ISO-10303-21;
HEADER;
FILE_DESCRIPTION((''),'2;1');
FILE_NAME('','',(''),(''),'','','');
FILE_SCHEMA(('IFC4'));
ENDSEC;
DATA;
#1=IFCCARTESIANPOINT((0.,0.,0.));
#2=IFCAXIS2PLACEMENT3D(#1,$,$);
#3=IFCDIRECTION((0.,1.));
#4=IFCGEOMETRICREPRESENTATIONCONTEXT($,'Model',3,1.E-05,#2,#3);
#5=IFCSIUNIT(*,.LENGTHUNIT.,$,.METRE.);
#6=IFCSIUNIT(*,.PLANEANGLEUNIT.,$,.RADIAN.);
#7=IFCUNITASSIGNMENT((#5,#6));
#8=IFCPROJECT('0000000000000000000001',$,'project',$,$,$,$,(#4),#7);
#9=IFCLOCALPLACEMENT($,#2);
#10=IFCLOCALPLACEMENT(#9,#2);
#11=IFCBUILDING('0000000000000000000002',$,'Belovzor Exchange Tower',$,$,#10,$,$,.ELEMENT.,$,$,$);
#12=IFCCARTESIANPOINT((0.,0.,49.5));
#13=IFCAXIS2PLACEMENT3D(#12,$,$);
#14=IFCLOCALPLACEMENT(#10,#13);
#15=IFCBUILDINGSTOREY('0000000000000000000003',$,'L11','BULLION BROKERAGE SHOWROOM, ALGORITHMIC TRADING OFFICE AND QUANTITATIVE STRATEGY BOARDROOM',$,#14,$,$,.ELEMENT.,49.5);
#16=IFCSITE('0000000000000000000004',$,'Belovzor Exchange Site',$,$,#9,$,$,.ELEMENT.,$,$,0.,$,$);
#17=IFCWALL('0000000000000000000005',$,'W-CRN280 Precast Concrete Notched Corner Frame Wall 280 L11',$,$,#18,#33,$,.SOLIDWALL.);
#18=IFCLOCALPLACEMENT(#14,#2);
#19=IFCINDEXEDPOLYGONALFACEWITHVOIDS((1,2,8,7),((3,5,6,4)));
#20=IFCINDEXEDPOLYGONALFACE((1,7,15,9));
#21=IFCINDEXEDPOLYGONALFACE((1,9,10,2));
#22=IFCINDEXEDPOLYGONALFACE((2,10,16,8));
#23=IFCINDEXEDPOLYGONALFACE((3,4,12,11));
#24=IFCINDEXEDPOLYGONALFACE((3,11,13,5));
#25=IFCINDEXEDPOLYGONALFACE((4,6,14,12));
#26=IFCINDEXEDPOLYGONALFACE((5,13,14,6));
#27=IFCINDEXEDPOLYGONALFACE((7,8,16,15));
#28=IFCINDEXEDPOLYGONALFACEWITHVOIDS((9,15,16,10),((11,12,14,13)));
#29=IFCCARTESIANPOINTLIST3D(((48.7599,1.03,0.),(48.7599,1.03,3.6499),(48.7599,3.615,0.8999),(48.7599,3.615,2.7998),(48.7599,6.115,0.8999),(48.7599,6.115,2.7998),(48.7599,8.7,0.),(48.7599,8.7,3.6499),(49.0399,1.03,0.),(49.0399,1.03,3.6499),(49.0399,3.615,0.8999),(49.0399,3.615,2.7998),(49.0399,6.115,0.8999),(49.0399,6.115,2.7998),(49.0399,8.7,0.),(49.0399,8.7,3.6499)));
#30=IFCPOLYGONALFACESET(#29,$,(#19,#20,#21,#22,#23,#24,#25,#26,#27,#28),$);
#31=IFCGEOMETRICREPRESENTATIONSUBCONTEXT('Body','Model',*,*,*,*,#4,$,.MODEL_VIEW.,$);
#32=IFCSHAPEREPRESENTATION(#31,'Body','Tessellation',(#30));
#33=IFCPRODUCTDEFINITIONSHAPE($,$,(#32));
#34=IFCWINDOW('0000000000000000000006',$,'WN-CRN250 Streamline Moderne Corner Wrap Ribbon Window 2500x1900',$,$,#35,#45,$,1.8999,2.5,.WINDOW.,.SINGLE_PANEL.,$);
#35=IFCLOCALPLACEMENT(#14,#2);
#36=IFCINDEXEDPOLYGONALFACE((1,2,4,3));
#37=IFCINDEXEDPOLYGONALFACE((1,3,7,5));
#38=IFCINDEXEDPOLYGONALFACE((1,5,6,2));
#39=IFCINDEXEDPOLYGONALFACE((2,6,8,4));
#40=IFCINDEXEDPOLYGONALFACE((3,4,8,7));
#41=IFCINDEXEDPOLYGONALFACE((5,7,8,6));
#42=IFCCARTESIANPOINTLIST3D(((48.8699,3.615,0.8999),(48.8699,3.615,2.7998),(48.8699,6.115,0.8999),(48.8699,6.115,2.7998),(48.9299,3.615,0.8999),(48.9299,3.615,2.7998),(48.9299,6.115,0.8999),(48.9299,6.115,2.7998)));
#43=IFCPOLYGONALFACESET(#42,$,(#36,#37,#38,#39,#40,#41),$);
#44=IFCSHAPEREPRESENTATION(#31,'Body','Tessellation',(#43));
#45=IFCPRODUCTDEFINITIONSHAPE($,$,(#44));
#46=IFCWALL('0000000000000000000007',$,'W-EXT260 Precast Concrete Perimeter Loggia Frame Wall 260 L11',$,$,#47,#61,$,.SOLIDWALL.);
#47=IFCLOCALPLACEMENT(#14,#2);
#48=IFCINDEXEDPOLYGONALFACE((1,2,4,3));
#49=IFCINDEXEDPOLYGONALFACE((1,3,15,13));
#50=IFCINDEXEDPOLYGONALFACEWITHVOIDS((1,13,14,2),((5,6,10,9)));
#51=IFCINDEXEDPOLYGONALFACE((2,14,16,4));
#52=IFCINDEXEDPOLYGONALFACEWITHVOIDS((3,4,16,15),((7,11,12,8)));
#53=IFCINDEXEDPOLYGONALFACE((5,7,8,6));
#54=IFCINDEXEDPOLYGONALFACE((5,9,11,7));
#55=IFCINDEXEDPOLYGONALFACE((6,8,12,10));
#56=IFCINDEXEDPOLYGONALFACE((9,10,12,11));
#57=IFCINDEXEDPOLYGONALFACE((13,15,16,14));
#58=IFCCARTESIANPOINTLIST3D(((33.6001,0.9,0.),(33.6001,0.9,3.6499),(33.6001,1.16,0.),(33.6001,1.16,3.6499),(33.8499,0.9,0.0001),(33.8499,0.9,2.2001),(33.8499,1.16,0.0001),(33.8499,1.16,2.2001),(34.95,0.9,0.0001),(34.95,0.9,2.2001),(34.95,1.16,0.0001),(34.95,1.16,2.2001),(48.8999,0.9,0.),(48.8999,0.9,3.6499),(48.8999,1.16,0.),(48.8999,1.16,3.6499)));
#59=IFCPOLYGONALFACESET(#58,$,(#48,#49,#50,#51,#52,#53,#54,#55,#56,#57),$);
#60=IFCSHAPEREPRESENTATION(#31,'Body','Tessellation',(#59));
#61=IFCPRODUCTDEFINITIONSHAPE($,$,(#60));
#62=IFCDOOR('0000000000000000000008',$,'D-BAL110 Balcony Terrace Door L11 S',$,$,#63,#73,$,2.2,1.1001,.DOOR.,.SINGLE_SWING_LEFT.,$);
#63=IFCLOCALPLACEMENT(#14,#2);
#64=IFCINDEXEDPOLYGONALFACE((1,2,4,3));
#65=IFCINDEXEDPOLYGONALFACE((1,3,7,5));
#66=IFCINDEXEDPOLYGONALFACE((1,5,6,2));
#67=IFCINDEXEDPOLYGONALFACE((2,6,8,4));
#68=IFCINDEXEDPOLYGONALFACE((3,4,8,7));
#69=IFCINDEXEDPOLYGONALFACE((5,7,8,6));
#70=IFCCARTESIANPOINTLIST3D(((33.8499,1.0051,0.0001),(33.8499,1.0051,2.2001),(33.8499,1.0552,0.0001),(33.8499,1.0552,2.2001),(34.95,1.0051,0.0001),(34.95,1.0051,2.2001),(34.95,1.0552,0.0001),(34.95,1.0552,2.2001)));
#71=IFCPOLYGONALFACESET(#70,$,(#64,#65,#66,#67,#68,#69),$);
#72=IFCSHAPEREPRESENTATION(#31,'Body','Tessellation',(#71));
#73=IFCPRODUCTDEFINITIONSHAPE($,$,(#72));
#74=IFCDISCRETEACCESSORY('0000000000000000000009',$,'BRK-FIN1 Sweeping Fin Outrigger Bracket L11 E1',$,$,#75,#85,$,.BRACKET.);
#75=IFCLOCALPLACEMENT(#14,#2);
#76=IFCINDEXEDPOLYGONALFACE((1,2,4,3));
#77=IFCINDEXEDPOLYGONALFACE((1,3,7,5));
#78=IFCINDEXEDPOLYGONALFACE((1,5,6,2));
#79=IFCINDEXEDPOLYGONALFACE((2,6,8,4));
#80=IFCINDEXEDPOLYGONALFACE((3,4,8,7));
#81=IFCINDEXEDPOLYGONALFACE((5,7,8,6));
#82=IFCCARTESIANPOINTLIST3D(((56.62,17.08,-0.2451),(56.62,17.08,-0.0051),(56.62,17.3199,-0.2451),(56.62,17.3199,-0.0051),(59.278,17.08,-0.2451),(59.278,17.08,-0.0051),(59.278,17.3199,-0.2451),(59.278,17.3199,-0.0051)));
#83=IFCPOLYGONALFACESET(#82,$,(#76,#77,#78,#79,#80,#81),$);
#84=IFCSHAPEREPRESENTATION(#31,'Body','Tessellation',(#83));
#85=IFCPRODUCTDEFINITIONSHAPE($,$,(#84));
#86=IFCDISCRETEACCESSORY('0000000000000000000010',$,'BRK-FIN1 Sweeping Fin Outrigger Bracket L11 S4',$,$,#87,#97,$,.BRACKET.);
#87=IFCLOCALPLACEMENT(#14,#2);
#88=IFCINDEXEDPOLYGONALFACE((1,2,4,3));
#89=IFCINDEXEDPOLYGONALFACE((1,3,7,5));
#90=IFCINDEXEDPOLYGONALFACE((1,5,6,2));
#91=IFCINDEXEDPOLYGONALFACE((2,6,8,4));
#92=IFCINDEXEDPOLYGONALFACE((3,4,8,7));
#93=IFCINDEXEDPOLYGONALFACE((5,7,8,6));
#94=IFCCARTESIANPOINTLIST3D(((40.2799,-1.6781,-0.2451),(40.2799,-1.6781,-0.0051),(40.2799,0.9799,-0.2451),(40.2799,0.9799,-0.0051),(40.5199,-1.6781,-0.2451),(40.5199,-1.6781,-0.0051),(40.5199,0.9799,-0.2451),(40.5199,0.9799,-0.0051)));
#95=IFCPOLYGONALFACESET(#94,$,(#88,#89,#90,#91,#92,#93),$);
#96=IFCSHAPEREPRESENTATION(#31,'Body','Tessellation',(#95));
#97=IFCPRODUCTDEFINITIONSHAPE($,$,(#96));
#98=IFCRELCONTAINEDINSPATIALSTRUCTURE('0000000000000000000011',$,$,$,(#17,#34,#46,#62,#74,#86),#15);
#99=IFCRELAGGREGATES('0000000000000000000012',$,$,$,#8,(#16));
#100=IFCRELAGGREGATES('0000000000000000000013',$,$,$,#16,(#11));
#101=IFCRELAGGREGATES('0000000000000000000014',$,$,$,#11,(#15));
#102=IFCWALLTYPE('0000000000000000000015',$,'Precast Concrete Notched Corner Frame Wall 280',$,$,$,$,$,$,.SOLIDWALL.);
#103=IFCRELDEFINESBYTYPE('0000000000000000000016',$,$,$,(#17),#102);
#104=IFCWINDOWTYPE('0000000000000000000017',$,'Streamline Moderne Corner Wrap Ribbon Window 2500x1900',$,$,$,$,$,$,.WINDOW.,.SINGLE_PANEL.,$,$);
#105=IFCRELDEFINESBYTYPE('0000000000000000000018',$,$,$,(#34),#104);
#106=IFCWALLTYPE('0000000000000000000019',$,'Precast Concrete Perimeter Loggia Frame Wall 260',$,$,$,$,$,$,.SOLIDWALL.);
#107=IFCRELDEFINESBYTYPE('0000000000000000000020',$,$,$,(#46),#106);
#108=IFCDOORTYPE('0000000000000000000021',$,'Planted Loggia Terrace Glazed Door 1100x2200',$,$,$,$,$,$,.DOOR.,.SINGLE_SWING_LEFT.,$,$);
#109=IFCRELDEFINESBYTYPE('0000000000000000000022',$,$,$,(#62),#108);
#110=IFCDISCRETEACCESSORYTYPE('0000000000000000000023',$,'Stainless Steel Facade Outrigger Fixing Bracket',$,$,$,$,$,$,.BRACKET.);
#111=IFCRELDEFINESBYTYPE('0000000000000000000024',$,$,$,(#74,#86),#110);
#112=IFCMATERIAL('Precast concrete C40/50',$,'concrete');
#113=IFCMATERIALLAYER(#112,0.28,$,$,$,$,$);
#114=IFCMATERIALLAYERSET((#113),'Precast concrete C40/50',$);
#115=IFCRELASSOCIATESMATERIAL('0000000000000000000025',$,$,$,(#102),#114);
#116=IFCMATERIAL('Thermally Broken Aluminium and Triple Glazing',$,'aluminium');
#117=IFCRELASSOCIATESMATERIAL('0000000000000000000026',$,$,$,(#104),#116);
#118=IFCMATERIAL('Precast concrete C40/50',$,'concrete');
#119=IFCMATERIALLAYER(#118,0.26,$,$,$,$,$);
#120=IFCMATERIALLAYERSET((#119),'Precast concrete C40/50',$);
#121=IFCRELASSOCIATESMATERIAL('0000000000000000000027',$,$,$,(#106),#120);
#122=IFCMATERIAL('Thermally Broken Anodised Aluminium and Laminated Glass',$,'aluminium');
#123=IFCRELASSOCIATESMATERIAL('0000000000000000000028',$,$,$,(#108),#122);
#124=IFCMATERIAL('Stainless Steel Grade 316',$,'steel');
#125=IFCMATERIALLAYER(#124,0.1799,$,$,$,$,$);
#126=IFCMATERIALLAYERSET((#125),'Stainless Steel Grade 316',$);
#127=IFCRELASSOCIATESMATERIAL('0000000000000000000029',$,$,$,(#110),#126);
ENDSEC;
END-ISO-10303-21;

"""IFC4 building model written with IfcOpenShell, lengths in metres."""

from ifc_helpers import new_model, si_unit, direction, frame, frame_2d, origin, origin_2d, place, context, subcontext, project, spatial, rectangle, extrude, material, layer, layer_set, type_object, element, fill, save


model = new_model("IFC4")

# Units and contexts
model_context = context("Model", 3, precision=1e-05, world=origin(), true_north=direction((0.0, 1.0)))
body_context = subcontext(model_context, "Body", "Model", "MODEL_VIEW")
ifc_project = project(units=[si_unit("LENGTHUNIT", "METRE"), si_unit("PLANEANGLEUNIT", "RADIAN")], contexts=[model_context])

# Site, building, storey
site_placement = place(None, origin())
site = spatial("IfcSite", under=ifc_project, at=site_placement, Name="Belovzor Exchange Site", CompositionType="ELEMENT", RefElevation=0.0)
building_placement = place(site_placement, origin())
building = spatial("IfcBuilding", under=site, at=building_placement, Name="Belovzor Exchange Tower", CompositionType="ELEMENT")
storey_placement = place(building_placement, frame((0.0, 0.0, 49.5)))
storey = spatial("IfcBuildingStorey", under=building, at=storey_placement, Name="L11", Description="BULLION BROKERAGE SHOWROOM, ALGORITHMIC TRADING OFFICE AND QUANTITATIVE STRATEGY BOARDROOM", CompositionType="ELEMENT", Elevation=49.5)

# Wall, opening, window
ifc_material_1 = material(Name="Precast concrete C40/50", Category="concrete")
ifc_layer_1 = layer(ifc_material_1, 0.28)
ifc_layer_set_1 = layer_set([ifc_layer_1], Name="Precast concrete C40/50")
wall_type_1 = type_object("IfcWallType", Name="Precast Concrete Notched Corner Frame Wall 280", PredefinedType="SOLIDWALL", material=ifc_layer_set_1)
ifc_material_2 = material(Name="Thermally Broken Aluminium and Triple Glazing", Category="aluminium")
window_type = type_object("IfcWindowType", Name="Streamline Moderne Corner Wrap Ribbon Window 2500x1900", PartitioningType="SINGLE_PANEL", PredefinedType="WINDOW", material=ifc_material_2)
wall_1_placement = place(storey_placement, frame((48.8999, 8.7, 0.0), z_axis=(0.0, 0.0, 1.0), x_axis=(0.0, -1.0, 0.0)))
wall_1 = element("IfcWall", 1, at=wall_1_placement, inside=storey, type_object=wall_type_1, Name="W-CRN280 Precast Concrete Notched Corner Frame Wall 280 L11", PredefinedType="SOLIDWALL", context=body_context, shape_type="SweptSolid", body=[
    extrude(rectangle(XDim=7.6699, YDim=0.28, at=frame_2d((3.835, 0.0))), origin(), (0.0, 0.0, 1.0), 3.6499),
])
opening_1_placement = place(wall_1_placement, frame((2.585, 0.0, 0.8999)))
opening_1 = element("IfcOpeningElement", 2, at=opening_1_placement, cuts=wall_1, PredefinedType="OPENING", context=body_context, shape_type="SweptSolid", body=[
    extrude(rectangle(XDim=2.5, YDim=1.8999, at=frame_2d((1.25, 0.95))), frame((0.0, 0.1499, 0.0), z_axis=(0.0, -1.0, 0.0), x_axis=(1.0, 0.0, 0.0)), (0.0, 0.0, 1.0), 0.3),
])
window_1_placement = place(opening_1_placement, origin())
window_1 = element("IfcWindow", 3, at=window_1_placement, inside=storey, type_object=window_type, Name="WN-CRN250 Streamline Moderne Corner Wrap Ribbon Window 2500x1900", OverallHeight=1.8999, OverallWidth=2.5, PartitioningType="SINGLE_PANEL", PredefinedType="WINDOW", context=body_context, shape_type="SweptSolid", body=[
    extrude(rectangle(XDim=2.5, YDim=1.8999, at=frame_2d((1.25, 0.95))), frame((0.0, 0.03, 0.0), z_axis=(0.0, -1.0, 0.0), x_axis=(1.0, 0.0, 0.0)), (0.0, 0.0, 1.0), 0.0601),
])
fill(opening_1, window_1)

# Wall, opening, door
ifc_material_3 = material(Name="Precast concrete C40/50", Category="concrete")
ifc_layer_2 = layer(ifc_material_3, 0.26)
ifc_layer_set_2 = layer_set([ifc_layer_2], Name="Precast concrete C40/50")
wall_type_2 = type_object("IfcWallType", Name="Precast Concrete Perimeter Loggia Frame Wall 260", PredefinedType="SOLIDWALL", material=ifc_layer_set_2)
wall_2_placement = place(storey_placement, frame((48.8999, 1.03, 0.0), z_axis=(0.0, 0.0, 1.0), x_axis=(-1.0, 0.0, 0.0)))
wall_2 = element("IfcWall", 4, at=wall_2_placement, inside=storey, type_object=wall_type_2, Name="W-EXT260 Precast Concrete Perimeter Loggia Frame Wall 260 L11", PredefinedType="SOLIDWALL", context=body_context, shape_type="SweptSolid", body=[
    extrude(rectangle(XDim=15.2998, YDim=0.26, at=frame_2d((7.6499, 0.0))), origin(), (0.0, 0.0, 1.0), 3.6499),
])
opening_2_placement = place(wall_2_placement, frame((13.95, 0.0, 0.0)))
opening_2 = element("IfcOpeningElement", 5, at=opening_2_placement, cuts=wall_2, PredefinedType="OPENING", context=body_context, shape_type="SweptSolid", body=[
    extrude(rectangle(XDim=1.1001, YDim=2.2, at=frame_2d((0.55, 1.1001))), frame((0.0, 0.1399, 0.0), z_axis=(0.0, -1.0, 0.0), x_axis=(1.0, 0.0, 0.0)), (0.0, 0.0, 1.0), 0.28),
])
ifc_material_4 = material(Name="Thermally Broken Anodised Aluminium and Laminated Glass", Category="aluminium")
door_type_1 = type_object("IfcDoorType", Name="Planted Loggia Terrace Glazed Door 1100x2200", OperationType="SINGLE_SWING_LEFT", PredefinedType="DOOR", material=ifc_material_4)
door_1_placement = place(opening_2_placement, origin())
door_1 = element("IfcDoor", 6, at=door_1_placement, inside=storey, type_object=door_type_1, Name="D-BAL110 Balcony Terrace Door L11 S", OperationType="SINGLE_SWING_LEFT", OverallHeight=2.2, OverallWidth=1.1001, PredefinedType="DOOR", context=body_context, shape_type="SweptSolid", body=[
    extrude(rectangle(XDim=1.1001, YDim=2.2, at=frame_2d((0.55, 1.1001))), frame((0.0, 0.0249, 0.0), z_axis=(0.0, -1.0, 0.0), x_axis=(1.0, 0.0, 0.0)), (0.0, 0.0, 1.0), 0.05),
])
fill(opening_2, door_1)

# Discrete accessories
ifc_material_5 = material(Name="Stainless Steel Grade 316", Category="steel")
ifc_layer_3 = layer(ifc_material_5, 0.1799)
ifc_layer_set_3 = layer_set([ifc_layer_3], Name="Stainless Steel Grade 316")
discrete_accessory_type = type_object("IfcDiscreteAccessoryType", Name="Stainless Steel Facade Outrigger Fixing Bracket", PredefinedType="BRACKET", material=ifc_layer_set_3)
for number, where, z_axis, x_axis, name in (
    (7, (57.949, 17.2, -0.2451), (0.0, 0.0, 1.0), (1.0, 0.0, 0.0), "BRK-FIN1 Sweeping Fin Outrigger Bracket L11 E1"),
    (8, (40.3999, -0.3491, -0.2451), (0.0, 0.0, 1.0), (0.0, 1.0, 0.0), "BRK-FIN1 Sweeping Fin Outrigger Bracket L11 S4"),
):
    element("IfcDiscreteAccessory", number, at=place(storey_placement, frame(where, z_axis=z_axis, x_axis=x_axis)), inside=storey, type_object=discrete_accessory_type, Name=name, PredefinedType="BRACKET", context=body_context, shape_type="SweptSolid", body=[
        extrude(rectangle(XDim=2.658, YDim=0.24, at=origin_2d()), origin(), (0.0, 0.0, 1.0), 0.24),
    ])

save(model, "model.ifc")
